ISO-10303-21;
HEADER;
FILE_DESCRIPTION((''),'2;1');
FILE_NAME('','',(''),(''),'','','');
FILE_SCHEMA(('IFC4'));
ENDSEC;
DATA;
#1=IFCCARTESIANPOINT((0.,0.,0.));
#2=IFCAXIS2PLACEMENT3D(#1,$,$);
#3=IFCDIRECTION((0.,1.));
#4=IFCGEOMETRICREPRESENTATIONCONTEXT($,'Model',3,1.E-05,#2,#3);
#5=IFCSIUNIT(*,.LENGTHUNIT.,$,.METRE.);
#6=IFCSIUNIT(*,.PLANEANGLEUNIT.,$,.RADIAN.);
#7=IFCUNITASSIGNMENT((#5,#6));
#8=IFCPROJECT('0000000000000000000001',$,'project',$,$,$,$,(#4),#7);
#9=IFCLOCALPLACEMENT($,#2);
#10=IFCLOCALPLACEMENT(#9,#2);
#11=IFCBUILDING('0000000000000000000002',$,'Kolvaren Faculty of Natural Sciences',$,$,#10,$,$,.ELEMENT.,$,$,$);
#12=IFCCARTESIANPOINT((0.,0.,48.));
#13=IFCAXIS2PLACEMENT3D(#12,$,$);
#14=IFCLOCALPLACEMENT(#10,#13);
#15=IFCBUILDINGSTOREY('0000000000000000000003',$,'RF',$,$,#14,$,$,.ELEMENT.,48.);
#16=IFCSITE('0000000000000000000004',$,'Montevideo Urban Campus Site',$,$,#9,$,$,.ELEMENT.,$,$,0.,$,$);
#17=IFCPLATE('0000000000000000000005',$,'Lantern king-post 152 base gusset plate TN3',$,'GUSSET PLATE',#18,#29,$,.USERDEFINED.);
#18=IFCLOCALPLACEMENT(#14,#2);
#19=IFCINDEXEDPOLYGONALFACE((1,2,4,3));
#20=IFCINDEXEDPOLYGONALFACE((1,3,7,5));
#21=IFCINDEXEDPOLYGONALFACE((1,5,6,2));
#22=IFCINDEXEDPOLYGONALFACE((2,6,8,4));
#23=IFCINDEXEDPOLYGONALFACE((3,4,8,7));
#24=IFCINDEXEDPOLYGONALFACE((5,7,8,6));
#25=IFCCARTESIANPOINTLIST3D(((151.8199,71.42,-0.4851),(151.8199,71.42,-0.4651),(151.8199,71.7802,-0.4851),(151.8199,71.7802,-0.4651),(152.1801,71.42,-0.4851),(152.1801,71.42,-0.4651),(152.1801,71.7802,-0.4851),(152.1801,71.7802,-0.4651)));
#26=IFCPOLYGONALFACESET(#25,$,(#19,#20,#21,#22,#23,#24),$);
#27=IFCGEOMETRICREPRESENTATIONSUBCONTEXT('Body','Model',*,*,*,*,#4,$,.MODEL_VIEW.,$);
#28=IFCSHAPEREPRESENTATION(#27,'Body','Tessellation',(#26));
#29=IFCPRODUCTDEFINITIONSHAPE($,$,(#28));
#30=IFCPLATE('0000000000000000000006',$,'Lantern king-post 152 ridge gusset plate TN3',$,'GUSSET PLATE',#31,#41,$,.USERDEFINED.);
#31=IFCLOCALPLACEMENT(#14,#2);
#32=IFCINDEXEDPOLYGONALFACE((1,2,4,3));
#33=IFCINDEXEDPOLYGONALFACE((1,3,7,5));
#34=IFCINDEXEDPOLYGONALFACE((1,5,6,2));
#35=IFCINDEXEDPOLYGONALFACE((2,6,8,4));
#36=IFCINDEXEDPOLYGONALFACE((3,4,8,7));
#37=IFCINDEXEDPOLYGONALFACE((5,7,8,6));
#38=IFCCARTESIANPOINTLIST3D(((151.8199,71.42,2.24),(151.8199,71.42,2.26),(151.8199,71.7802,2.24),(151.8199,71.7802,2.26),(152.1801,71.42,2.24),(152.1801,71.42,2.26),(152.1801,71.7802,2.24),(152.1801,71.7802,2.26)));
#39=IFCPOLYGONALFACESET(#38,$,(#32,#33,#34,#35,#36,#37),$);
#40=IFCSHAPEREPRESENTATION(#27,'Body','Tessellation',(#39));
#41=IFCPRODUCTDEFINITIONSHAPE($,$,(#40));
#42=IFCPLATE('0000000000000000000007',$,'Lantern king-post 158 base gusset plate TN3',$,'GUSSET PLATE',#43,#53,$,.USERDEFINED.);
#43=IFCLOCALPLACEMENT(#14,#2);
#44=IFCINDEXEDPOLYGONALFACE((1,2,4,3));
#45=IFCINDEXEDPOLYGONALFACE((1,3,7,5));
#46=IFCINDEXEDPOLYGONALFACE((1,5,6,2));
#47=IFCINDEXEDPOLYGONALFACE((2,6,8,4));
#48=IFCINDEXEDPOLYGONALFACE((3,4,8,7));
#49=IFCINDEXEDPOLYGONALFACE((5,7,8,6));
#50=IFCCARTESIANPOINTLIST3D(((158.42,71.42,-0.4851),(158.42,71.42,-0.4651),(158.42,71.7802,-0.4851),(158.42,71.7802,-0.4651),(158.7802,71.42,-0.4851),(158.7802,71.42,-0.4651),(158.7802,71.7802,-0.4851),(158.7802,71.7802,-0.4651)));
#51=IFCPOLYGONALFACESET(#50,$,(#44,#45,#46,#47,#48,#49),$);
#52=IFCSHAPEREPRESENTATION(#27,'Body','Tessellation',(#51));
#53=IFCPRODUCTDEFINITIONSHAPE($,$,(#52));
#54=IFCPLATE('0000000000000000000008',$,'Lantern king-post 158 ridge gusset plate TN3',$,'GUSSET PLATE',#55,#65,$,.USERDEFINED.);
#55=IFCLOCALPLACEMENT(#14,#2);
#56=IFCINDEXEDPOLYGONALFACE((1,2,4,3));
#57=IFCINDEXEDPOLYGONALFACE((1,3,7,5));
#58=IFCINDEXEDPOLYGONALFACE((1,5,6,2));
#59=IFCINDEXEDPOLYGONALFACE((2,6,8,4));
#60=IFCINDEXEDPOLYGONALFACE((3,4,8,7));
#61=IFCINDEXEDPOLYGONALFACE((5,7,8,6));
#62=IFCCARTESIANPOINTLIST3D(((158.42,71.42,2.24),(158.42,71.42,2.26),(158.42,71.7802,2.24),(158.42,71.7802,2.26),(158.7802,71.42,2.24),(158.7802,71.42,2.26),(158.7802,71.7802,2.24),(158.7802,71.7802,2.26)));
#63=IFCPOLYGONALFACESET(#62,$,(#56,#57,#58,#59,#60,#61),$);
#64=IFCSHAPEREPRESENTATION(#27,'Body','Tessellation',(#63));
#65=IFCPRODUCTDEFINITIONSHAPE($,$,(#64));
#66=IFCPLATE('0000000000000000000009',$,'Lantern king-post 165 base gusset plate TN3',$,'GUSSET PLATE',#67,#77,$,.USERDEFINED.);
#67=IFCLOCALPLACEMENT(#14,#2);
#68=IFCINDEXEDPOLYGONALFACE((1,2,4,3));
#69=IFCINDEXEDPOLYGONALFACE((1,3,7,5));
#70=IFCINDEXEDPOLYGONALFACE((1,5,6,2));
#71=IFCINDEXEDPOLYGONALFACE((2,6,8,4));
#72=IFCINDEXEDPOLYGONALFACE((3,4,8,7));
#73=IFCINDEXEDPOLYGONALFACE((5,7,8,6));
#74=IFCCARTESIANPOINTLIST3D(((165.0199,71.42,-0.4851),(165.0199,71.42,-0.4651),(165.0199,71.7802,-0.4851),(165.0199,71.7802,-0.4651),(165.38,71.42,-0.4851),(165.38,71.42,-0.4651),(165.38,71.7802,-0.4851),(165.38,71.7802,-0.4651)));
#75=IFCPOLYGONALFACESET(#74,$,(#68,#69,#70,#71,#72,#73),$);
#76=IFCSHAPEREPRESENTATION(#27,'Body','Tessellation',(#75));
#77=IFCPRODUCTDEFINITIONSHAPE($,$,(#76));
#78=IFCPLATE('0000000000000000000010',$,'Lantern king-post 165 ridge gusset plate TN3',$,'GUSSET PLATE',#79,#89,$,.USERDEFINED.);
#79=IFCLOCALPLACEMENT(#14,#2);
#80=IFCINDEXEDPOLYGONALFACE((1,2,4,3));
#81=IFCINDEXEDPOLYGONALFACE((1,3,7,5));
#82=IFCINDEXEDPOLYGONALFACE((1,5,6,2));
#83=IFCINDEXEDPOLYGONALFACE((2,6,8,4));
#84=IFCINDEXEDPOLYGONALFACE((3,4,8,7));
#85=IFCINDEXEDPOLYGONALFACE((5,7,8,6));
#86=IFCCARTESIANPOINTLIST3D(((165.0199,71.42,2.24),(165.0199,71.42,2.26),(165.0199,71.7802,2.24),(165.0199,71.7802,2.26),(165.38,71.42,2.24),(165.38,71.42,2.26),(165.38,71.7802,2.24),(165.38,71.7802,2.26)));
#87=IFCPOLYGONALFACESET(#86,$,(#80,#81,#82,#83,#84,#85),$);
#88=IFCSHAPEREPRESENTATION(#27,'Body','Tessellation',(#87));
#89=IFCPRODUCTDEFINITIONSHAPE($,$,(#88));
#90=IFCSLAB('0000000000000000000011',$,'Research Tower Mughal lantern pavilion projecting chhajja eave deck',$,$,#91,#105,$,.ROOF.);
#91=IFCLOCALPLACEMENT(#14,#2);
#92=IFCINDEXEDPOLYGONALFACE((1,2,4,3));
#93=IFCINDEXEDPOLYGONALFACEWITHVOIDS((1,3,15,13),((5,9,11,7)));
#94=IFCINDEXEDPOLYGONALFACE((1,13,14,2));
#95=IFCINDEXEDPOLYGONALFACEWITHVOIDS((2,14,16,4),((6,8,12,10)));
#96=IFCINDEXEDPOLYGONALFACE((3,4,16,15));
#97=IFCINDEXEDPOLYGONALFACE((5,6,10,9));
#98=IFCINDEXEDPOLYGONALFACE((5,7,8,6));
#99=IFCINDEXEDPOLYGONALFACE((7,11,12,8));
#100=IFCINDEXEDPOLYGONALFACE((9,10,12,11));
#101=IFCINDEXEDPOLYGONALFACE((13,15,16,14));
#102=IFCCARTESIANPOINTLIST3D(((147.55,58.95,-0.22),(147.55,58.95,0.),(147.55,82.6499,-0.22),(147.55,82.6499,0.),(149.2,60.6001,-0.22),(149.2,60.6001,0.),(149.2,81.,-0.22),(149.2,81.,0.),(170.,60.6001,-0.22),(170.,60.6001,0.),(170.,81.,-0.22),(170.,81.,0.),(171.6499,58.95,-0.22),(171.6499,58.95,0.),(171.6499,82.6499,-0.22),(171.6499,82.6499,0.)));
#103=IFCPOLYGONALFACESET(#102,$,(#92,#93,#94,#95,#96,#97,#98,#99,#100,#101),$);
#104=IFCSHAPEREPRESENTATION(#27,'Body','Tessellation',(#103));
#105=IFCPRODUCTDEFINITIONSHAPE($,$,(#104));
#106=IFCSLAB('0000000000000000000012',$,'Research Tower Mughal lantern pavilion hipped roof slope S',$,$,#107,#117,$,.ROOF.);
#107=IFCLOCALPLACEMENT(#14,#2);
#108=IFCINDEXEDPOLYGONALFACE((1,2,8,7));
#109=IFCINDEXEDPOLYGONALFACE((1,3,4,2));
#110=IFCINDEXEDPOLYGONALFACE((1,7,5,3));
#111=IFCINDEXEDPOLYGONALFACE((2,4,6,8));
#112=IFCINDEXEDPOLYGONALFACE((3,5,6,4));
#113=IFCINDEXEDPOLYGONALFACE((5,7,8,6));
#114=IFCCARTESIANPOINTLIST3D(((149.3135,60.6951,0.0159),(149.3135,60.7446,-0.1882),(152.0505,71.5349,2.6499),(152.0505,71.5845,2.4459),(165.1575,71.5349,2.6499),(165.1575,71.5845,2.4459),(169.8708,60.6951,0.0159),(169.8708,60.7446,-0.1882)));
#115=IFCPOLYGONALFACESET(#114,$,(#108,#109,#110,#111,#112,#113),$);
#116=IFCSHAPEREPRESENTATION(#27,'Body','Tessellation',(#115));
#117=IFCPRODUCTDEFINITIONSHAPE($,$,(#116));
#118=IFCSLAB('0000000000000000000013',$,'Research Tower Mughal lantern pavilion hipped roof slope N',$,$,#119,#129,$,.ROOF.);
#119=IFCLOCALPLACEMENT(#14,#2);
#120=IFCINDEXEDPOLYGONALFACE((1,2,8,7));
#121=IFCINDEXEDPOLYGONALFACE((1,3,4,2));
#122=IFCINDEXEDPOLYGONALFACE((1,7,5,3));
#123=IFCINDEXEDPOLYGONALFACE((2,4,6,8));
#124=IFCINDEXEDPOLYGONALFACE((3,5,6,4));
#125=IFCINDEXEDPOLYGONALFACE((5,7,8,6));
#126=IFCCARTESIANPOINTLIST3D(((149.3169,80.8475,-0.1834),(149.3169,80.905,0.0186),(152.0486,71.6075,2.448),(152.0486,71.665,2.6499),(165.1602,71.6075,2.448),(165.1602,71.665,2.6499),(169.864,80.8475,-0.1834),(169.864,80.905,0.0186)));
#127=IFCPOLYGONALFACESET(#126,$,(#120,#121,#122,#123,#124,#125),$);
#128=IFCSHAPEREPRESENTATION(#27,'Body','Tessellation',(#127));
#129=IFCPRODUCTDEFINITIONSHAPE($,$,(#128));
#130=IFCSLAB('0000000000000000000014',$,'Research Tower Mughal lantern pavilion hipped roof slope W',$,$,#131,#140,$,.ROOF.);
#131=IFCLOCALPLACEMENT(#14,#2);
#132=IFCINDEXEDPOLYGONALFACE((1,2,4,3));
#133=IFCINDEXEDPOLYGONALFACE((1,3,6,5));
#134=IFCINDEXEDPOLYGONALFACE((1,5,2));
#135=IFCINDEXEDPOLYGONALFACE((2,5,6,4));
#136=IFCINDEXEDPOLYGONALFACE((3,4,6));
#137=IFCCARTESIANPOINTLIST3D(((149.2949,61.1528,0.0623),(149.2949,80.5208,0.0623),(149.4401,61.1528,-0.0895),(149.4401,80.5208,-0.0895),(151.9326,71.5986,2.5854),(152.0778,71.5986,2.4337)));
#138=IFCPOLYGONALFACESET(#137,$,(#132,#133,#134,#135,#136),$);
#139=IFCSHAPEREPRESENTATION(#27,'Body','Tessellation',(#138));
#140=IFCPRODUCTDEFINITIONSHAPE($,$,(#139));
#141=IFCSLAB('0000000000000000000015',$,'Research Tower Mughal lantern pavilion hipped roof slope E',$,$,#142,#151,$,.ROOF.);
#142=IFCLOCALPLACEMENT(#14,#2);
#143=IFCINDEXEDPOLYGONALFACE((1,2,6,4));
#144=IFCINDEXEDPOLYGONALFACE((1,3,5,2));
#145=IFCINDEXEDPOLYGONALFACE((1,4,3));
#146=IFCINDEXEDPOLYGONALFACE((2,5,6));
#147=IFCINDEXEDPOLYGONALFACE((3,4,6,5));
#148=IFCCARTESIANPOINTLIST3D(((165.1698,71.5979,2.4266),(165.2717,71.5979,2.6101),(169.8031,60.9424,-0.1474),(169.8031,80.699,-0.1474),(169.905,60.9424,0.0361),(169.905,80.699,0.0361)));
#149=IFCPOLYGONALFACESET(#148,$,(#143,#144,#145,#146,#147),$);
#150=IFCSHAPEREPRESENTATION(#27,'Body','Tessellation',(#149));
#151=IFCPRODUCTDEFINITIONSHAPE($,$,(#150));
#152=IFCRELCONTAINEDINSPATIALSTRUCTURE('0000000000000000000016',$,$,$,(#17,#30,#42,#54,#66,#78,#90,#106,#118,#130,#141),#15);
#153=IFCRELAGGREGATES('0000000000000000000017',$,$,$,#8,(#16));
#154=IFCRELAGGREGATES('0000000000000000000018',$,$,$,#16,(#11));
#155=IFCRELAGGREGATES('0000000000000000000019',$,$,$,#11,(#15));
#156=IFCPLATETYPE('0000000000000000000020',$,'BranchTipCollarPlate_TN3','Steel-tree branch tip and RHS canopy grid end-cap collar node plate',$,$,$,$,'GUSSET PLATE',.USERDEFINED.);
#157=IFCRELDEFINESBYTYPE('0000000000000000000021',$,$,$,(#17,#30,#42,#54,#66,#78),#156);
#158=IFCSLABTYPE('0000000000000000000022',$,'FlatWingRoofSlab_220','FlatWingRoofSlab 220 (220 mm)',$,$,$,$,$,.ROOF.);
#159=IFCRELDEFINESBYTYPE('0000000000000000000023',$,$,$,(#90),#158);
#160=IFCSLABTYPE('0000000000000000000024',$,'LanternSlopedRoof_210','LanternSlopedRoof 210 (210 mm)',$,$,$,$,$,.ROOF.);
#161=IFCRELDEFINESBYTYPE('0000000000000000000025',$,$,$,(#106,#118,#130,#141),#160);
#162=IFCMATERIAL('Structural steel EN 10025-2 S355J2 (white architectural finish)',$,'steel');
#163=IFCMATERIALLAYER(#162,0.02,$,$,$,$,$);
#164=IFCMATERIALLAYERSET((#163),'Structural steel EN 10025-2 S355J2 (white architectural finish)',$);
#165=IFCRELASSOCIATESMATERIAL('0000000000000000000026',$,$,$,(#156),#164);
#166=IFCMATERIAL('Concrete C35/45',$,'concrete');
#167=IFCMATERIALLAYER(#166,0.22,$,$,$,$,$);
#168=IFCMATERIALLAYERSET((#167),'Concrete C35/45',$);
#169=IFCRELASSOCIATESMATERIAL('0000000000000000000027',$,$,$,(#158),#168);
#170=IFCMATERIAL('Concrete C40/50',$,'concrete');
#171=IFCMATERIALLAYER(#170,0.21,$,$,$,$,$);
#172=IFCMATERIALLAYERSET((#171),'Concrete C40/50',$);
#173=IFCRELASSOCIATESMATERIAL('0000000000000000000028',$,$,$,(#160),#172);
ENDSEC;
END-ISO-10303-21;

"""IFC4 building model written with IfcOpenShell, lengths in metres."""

from ifc_helpers import new_model, si_unit, direction, frame, origin, origin_2d, place, context, subcontext, project, spatial, polyline, rectangle, outline, extrude, material, layer, layer_set, type_object, element, save


model = new_model("IFC4")

# Units and contexts
model_context = context("Model", 3, precision=1e-05, world=origin(), true_north=direction((0.0, 1.0)))
body_context = subcontext(model_context, "Body", "Model", "MODEL_VIEW")
ifc_project = project(units=[si_unit("LENGTHUNIT", "METRE"), si_unit("PLANEANGLEUNIT", "RADIAN")], contexts=[model_context])

# Site, building, storey
site_placement = place(None, origin())
site = spatial("IfcSite", under=ifc_project, at=site_placement, Name="Montevideo Urban Campus Site", CompositionType="ELEMENT", RefElevation=0.0)
building_placement = place(site_placement, origin())
building = spatial("IfcBuilding", under=site, at=building_placement, Name="Kolvaren Faculty of Natural Sciences", CompositionType="ELEMENT")
storey_placement = place(building_placement, frame((0.0, 0.0, 48.0)))
storey = spatial("IfcBuildingStorey", under=building, at=storey_placement, Name="RF", CompositionType="ELEMENT", Elevation=48.0)

# Plates
ifc_material_1 = material(Name="Structural steel EN 10025-2 S355J2 (white architectural finish)", Category="steel")
ifc_layer_1 = layer(ifc_material_1, 0.02)
ifc_layer_set_1 = layer_set([ifc_layer_1], Name="Structural steel EN 10025-2 S355J2 (white architectural finish)")
plate_type = type_object("IfcPlateType", Name="BranchTipCollarPlate_TN3", Description="Steel-tree branch tip and RHS canopy grid end-cap collar node plate", ElementType="GUSSET PLATE", PredefinedType="USERDEFINED", material=ifc_layer_set_1)
for number, where, z_axis, x_axis, name in (
    (1, (152.0, 71.6001, -0.4851), (0.0, 0.0, 1.0), (1.0, 0.0, 0.0), "Lantern king-post 152 base gusset plate TN3"),
    (2, (152.0, 71.6001, 2.24), (0.0, 0.0, 1.0), (1.0, 0.0, 0.0), "Lantern king-post 152 ridge gusset plate TN3"),
    (3, (158.6001, 71.6001, -0.4851), (0.0, 0.0, 1.0), (1.0, 0.0, 0.0), "Lantern king-post 158 base gusset plate TN3"),
    (4, (158.6001, 71.6001, 2.24), (0.0, 0.0, 1.0), (1.0, 0.0, 0.0), "Lantern king-post 158 ridge gusset plate TN3"),
    (5, (165.2, 71.6001, -0.4851), (0.0, 0.0, 1.0), (1.0, 0.0, 0.0), "Lantern king-post 165 base gusset plate TN3"),
    (6, (165.2, 71.6001, 2.24), (0.0, 0.0, 1.0), (1.0, 0.0, 0.0), "Lantern king-post 165 ridge gusset plate TN3"),
):
    element("IfcPlate", number, at=place(storey_placement, frame(where, z_axis=z_axis, x_axis=x_axis)), inside=storey, type_object=plate_type, Name=name, ObjectType="GUSSET PLATE", PredefinedType="USERDEFINED", context=body_context, shape_type="SweptSolid", body=[
        extrude(rectangle(XDim=0.3601, YDim=0.3601, at=origin_2d()), origin(), (0.0, 0.0, 1.0), 0.02),
    ])

# Slabs
ifc_material_2 = material(Name="Concrete C35/45", Category="concrete")
ifc_layer_2 = layer(ifc_material_2, 0.22)
ifc_layer_set_2 = layer_set([ifc_layer_2], Name="Concrete C35/45")
slab_type_1 = type_object("IfcSlabType", Name="FlatWingRoofSlab_220", Description="FlatWingRoofSlab 220 (220 mm)", PredefinedType="ROOF", material=ifc_layer_set_2)
slab_1_placement = place(storey_placement, frame((0.0, 0.0, -0.22)))
element("IfcSlab", 7, at=slab_1_placement, inside=storey, type_object=slab_type_1, Name="Research Tower Mughal lantern pavilion projecting chhajja eave deck", PredefinedType="ROOF", context=body_context, shape_type="SweptSolid", body=[
    extrude(outline(polyline([(147.55, 58.95), (171.6499, 58.95), (171.6499, 82.6499), (147.55, 82.6499), (147.55, 58.95)]), holes=[polyline([(149.2, 60.6001), (170.0, 60.6001), (170.0, 81.0), (149.2, 81.0), (149.2, 60.6001)])]), origin(), (0.0, 0.0, 1.0), 0.22),
])
ifc_material_3 = material(Name="Concrete C40/50", Category="concrete")
ifc_layer_3 = layer(ifc_material_3, 0.21)
ifc_layer_set_3 = layer_set([ifc_layer_3], Name="Concrete C40/50")
slab_type_2 = type_object("IfcSlabType", Name="LanternSlopedRoof_210", Description="LanternSlopedRoof 210 (210 mm)", PredefinedType="ROOF", material=ifc_layer_set_3)
slab_2_placement = place(storey_placement, frame((149.3135, 60.6951, 0.0159), z_axis=(0.0, -0.236124, 0.971723), x_axis=(0.238292, 0.943731, 0.229322)))
element("IfcSlab", 8, at=slab_2_placement, inside=storey, type_object=slab_type_2, Name="Research Tower Mughal lantern pavilion hipped roof slope S", PredefinedType="ROOF", context=body_context, shape_type="SweptSolid", body=[
    extrude(outline(polyline([(0.0, 0.0), (11.4862, 0.0), (14.6094, -12.7294), (4.8987, -19.9652), (0.0, 0.0)])), origin(), (0.0, 0.0, -1.0), 0.21),
])
slab_3_placement = place(storey_placement, frame((169.864, 80.905, 0.0186), z_axis=(0.0, 0.273889, 0.961761), x_axis=(-0.439733, -0.863786, 0.245987)))
element("IfcSlab", 9, at=slab_3_placement, inside=storey, type_object=slab_type_2, Name="Research Tower Mughal lantern pavilion hipped roof slope N", PredefinedType="ROOF", context=body_context, shape_type="SweptSolid", body=[
    extrude(outline(polyline([(0.0, 0.0), (10.6971, 0.0), (16.4627, -11.7759), (9.0352, -18.454), (0.0, 0.0)])), origin(), (0.0, 0.0, -1.0), 0.21),
])
slab_4_placement = place(storey_placement, frame((149.2949, 80.5208, 0.0623), z_axis=(-0.691248, 0.0, 0.722617), x_axis=(0.273622, -0.925538, 0.261744)))
element("IfcSlab", 10, at=slab_4_placement, inside=storey, type_object=slab_type_2, Name="Research Tower Mughal lantern pavilion hipped roof slope W", PredefinedType="ROOF", context=body_context, shape_type="SweptSolid", body=[
    extrude(outline(polyline([(0.0, 0.0), (9.6399, 0.0), (17.9258, -7.3337), (0.0, 0.0)])), origin(), (0.0, 0.0, -1.0), 0.21),
])
slab_5_placement = place(storey_placement, frame((169.905, 60.9424, 0.0361), z_axis=(0.485631, 0.0, 0.874164), x_axis=(-0.389322, 0.895349, 0.216283)))
element("IfcSlab", 11, at=slab_5_placement, inside=storey, type_object=slab_type_2, Name="Research Tower Mughal lantern pavilion hipped roof slope E", PredefinedType="ROOF", context=body_context, shape_type="SweptSolid", body=[
    extrude(outline(polyline([(0.0, 0.0), (11.901, 0.0), (17.6891, -8.7989), (0.0, 0.0)])), origin(), (0.0, 0.0, -1.0), 0.21),
])

save(model, "model.ifc")
